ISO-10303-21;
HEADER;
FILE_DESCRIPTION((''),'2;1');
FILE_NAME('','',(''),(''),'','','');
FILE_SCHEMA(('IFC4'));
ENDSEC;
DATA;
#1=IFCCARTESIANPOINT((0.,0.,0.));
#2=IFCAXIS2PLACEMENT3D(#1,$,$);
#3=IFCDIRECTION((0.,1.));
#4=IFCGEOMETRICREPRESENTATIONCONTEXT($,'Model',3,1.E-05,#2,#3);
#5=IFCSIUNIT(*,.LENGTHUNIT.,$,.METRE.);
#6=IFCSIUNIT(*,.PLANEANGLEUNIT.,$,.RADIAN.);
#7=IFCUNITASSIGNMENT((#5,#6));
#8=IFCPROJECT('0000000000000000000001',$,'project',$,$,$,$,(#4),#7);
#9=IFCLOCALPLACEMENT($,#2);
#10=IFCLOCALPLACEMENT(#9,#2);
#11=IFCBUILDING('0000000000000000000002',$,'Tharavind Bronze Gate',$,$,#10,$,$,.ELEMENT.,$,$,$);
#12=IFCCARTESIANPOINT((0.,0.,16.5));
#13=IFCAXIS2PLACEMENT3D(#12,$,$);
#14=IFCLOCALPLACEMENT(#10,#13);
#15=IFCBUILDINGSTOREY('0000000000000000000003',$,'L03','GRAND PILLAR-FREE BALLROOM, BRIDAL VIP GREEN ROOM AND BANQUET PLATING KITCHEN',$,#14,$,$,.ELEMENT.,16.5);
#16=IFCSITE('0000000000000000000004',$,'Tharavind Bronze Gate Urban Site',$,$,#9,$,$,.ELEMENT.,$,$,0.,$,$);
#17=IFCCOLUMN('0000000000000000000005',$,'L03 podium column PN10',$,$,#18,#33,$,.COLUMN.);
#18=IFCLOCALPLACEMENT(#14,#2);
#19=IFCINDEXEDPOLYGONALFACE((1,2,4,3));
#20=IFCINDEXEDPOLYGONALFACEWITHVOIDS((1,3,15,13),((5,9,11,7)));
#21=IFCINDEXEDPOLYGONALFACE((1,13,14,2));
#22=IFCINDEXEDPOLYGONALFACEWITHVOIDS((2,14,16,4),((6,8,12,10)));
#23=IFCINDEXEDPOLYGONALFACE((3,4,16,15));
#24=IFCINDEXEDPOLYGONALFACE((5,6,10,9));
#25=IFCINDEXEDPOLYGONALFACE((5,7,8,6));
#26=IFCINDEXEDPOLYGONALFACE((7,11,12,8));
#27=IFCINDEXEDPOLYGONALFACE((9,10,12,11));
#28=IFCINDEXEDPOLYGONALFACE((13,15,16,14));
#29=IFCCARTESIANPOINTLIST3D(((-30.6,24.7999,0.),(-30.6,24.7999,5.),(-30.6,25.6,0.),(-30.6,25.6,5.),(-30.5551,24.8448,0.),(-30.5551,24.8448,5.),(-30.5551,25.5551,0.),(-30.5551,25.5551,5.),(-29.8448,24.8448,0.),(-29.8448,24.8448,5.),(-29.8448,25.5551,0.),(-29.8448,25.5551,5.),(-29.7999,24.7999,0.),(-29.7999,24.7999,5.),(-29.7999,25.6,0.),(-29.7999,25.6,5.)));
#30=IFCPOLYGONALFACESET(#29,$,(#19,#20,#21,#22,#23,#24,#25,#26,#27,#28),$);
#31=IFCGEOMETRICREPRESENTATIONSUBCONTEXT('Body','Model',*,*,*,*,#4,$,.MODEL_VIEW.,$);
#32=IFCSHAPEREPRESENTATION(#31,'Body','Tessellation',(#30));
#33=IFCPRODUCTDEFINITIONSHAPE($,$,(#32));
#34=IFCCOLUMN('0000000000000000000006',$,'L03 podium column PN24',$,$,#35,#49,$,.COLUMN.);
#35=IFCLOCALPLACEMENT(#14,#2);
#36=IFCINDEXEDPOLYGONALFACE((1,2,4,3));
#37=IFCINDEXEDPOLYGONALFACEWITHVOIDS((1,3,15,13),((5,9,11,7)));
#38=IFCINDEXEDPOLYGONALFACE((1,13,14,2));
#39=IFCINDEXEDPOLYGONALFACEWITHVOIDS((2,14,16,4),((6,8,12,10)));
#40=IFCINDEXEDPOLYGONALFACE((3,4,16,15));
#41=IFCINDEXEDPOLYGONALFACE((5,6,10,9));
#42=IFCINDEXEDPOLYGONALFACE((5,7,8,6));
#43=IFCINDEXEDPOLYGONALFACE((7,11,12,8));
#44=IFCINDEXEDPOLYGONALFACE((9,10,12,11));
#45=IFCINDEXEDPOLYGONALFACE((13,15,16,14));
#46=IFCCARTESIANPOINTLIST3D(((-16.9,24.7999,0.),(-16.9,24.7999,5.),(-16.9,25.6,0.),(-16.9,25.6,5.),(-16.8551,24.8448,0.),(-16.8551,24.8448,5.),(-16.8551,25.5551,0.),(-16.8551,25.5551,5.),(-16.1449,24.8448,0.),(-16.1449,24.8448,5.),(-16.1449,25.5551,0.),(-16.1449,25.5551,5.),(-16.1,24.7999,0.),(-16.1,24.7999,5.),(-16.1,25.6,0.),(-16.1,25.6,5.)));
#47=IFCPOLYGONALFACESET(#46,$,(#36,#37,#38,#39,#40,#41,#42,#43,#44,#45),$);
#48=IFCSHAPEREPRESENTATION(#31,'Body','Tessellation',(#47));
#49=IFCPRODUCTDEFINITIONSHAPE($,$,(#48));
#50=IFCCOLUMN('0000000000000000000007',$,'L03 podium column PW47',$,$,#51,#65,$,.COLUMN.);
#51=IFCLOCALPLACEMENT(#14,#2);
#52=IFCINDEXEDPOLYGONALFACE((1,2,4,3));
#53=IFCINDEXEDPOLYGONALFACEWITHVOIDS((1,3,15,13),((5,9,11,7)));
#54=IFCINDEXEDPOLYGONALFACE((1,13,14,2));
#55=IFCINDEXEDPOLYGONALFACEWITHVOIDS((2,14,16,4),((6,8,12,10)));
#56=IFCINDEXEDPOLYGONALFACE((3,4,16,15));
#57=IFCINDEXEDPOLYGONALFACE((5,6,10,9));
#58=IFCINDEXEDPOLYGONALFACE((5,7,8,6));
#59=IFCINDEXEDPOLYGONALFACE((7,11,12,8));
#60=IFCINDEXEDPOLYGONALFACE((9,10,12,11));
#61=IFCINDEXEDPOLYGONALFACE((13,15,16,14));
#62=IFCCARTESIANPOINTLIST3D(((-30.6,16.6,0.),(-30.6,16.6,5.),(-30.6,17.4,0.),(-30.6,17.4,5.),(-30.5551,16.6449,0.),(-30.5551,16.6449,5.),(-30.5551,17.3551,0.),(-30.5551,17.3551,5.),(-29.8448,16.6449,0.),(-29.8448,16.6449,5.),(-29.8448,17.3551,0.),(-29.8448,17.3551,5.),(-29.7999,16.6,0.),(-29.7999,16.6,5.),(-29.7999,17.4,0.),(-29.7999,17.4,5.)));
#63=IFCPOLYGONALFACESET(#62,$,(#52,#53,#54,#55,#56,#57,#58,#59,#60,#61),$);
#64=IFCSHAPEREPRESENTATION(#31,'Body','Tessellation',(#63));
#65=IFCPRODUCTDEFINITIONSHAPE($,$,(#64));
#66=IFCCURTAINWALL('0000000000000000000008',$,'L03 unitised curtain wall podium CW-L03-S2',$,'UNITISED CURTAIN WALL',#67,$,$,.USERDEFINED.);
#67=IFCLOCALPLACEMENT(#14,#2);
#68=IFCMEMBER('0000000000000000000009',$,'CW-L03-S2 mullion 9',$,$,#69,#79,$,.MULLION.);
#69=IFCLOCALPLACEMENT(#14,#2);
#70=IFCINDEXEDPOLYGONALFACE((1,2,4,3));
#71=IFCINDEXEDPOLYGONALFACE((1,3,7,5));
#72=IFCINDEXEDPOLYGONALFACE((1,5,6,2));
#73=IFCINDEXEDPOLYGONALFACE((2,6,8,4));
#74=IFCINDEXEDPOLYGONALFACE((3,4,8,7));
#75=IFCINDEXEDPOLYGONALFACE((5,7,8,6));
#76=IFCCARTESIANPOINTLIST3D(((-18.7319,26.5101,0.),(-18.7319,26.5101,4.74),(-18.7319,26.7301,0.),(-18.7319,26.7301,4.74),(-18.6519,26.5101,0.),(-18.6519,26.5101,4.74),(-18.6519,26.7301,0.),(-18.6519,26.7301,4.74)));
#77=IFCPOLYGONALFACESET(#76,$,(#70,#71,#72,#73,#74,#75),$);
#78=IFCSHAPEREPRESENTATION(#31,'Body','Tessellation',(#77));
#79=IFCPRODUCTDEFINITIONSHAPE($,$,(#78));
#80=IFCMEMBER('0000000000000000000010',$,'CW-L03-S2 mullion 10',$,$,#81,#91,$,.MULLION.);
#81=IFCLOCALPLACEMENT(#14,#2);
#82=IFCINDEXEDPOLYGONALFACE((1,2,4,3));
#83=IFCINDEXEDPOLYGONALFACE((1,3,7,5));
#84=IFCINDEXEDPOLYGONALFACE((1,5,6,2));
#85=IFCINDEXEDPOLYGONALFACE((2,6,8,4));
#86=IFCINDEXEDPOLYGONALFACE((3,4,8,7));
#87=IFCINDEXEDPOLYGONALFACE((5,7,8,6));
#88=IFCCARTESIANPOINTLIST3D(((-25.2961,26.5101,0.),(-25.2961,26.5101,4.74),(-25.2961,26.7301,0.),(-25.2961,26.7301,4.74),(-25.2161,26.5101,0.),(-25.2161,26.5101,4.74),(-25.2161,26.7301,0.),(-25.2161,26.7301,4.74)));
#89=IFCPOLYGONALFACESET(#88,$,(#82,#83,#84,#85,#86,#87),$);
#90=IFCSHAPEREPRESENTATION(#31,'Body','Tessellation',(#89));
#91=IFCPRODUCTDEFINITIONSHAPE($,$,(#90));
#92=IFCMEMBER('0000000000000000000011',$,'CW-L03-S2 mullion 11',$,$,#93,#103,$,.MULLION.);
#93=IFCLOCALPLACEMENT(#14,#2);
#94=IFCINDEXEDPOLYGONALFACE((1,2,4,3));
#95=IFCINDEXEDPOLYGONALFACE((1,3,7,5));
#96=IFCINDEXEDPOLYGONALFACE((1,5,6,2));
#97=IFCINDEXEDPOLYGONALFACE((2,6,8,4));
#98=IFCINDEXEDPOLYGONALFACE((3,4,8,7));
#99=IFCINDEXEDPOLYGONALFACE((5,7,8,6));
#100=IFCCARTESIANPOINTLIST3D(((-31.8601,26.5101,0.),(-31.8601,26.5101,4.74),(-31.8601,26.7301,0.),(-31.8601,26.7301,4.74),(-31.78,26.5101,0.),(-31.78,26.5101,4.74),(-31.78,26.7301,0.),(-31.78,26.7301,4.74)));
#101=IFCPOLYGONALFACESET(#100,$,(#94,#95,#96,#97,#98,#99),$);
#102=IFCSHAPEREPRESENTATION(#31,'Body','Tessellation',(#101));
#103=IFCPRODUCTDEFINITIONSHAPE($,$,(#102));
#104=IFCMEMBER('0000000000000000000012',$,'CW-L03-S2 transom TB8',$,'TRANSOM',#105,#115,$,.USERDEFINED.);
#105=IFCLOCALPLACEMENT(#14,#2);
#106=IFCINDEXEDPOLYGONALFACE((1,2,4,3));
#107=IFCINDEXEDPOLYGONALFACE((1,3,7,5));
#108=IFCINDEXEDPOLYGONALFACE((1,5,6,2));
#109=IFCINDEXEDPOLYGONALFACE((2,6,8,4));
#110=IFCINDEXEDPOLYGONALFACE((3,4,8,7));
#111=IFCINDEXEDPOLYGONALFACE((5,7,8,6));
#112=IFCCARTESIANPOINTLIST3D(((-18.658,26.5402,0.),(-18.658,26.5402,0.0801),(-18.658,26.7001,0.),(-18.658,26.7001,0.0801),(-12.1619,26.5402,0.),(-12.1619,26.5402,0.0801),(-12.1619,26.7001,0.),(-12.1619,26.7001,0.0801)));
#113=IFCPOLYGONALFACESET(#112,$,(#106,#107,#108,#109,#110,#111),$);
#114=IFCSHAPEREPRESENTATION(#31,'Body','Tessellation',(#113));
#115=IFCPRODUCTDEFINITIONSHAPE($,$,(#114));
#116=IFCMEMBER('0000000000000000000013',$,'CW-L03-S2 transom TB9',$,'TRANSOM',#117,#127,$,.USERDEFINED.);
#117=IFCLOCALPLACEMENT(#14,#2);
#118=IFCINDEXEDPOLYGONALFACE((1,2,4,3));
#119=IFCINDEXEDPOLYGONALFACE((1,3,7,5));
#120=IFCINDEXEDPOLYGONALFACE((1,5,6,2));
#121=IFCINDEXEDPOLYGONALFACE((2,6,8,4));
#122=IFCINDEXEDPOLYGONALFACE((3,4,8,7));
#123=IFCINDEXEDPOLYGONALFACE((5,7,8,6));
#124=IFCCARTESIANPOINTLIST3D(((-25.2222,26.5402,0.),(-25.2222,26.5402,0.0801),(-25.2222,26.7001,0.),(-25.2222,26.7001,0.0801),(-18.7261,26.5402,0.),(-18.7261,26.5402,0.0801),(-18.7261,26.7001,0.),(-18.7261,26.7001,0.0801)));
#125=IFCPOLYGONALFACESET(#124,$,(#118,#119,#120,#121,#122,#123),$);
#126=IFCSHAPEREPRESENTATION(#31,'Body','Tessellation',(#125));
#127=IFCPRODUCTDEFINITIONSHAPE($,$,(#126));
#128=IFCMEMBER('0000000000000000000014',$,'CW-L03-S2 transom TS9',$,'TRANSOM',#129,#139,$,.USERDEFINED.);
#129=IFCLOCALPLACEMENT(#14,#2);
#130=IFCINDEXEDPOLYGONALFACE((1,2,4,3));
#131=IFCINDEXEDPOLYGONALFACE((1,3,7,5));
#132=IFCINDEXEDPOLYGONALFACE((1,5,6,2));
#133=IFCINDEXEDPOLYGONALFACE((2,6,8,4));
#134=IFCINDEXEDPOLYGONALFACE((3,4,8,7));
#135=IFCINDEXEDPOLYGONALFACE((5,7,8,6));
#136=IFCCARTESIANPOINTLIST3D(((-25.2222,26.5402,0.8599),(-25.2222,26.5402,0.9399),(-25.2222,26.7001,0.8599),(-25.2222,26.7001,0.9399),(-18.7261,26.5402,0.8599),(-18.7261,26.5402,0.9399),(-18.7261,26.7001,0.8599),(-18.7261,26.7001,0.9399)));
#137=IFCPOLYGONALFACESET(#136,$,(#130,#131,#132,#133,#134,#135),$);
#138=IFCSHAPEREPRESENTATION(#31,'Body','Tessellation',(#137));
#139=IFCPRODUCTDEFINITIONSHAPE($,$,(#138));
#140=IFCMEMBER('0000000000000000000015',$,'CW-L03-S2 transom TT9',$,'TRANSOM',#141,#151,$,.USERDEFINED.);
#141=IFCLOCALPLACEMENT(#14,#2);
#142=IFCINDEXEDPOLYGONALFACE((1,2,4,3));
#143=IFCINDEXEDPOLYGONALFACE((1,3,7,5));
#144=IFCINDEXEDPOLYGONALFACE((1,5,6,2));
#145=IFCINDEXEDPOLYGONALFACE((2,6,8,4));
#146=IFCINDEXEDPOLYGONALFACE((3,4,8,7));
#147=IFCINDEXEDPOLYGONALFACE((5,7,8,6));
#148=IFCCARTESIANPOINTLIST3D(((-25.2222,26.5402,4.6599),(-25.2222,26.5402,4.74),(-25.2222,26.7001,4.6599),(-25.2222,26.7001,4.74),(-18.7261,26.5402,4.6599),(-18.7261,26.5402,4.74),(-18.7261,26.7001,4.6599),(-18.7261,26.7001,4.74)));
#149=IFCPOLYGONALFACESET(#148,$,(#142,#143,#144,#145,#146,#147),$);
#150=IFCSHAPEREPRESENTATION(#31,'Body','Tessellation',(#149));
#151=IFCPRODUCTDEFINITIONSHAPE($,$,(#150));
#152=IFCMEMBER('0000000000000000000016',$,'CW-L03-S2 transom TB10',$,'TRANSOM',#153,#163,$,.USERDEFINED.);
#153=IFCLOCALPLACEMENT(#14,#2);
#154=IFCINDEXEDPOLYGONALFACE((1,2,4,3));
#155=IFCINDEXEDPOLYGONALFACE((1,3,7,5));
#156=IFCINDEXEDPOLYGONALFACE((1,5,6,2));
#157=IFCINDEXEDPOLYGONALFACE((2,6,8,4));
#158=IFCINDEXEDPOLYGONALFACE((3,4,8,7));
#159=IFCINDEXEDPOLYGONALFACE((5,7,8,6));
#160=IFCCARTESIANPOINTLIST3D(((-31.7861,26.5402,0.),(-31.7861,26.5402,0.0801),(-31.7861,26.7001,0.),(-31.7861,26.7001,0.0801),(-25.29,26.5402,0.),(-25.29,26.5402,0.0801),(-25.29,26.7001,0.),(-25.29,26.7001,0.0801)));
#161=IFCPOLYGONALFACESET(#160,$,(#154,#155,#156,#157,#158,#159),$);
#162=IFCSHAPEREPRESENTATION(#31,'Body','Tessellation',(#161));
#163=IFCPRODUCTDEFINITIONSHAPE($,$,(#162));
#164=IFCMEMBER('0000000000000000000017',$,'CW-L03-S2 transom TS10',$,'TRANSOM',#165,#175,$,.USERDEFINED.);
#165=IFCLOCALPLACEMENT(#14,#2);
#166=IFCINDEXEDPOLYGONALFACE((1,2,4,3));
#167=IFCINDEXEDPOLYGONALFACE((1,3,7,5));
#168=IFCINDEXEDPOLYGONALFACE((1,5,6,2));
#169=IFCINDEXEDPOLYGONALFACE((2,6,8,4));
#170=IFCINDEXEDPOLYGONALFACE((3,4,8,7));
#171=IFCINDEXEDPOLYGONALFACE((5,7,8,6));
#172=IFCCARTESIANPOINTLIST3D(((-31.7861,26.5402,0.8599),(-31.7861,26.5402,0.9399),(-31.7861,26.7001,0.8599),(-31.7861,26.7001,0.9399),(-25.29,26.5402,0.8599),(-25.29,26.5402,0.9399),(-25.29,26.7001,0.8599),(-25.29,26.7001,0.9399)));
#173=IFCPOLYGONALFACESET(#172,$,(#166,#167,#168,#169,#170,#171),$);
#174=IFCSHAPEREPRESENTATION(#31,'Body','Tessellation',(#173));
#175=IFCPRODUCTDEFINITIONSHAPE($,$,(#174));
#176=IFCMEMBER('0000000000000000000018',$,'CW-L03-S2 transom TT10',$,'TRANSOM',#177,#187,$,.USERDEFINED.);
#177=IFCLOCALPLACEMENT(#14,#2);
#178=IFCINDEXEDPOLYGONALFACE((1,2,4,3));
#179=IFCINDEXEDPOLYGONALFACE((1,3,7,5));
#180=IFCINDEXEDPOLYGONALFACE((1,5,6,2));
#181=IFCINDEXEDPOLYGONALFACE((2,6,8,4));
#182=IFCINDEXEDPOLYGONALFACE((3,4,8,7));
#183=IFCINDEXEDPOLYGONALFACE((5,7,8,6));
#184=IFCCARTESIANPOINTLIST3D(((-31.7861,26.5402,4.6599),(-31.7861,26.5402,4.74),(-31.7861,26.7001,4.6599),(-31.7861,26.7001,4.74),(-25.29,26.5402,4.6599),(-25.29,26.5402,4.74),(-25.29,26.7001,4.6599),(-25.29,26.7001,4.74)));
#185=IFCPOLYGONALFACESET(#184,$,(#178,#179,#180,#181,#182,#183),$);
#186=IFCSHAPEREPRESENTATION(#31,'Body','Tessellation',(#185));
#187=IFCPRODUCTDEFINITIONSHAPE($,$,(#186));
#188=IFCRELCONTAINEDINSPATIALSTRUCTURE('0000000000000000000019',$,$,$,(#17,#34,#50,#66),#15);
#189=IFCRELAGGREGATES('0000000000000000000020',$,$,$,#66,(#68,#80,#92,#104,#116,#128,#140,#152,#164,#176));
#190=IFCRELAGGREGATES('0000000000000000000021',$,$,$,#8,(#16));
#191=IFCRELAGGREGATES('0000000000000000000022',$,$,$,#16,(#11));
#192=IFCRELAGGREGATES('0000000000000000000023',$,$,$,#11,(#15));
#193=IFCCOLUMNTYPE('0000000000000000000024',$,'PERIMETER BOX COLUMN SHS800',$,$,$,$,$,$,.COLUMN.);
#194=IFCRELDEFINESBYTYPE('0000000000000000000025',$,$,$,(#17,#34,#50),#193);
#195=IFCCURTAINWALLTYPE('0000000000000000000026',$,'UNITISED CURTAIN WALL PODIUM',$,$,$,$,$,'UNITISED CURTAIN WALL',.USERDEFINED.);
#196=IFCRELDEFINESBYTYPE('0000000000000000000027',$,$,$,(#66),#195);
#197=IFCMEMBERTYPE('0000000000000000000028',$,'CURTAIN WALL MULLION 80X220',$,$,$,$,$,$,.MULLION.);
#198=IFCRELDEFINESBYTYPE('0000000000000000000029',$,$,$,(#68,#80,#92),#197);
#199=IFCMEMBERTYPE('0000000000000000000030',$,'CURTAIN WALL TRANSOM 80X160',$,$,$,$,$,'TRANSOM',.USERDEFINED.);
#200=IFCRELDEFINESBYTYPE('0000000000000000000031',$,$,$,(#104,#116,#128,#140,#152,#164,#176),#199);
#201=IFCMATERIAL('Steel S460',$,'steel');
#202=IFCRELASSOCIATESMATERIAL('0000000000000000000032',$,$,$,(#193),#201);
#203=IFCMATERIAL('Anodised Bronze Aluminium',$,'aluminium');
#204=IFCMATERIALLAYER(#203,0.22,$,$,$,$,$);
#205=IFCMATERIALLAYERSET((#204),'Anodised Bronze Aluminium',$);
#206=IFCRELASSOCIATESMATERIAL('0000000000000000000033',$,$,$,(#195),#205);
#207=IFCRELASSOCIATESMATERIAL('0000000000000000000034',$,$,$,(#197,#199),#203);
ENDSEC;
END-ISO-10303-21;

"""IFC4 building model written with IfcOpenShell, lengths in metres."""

from ifc_helpers import new_model, si_unit, direction, frame, origin, origin_2d, place, context, subcontext, project, spatial, rectangle, hollow_rectangle, extrude, material, layer, layer_set, material_profile, profile_set, type_object, element, aggregate, save


model = new_model("IFC4")

# Units and contexts
model_context = context("Model", 3, precision=1e-05, world=origin(), true_north=direction((0.0, 1.0)))
body_context = subcontext(model_context, "Body", "Model", "MODEL_VIEW")
ifc_project = project(units=[si_unit("LENGTHUNIT", "METRE"), si_unit("PLANEANGLEUNIT", "RADIAN")], contexts=[model_context])

# Site, building, storey
site_placement = place(None, origin())
site = spatial("IfcSite", under=ifc_project, at=site_placement, Name="Tharavind Bronze Gate Urban Site", CompositionType="ELEMENT", RefElevation=0.0)
building_placement = place(site_placement, origin())
building = spatial("IfcBuilding", under=site, at=building_placement, Name="Tharavind Bronze Gate", CompositionType="ELEMENT")
storey_placement = place(building_placement, frame((0.0, 0.0, 16.5)))
storey = spatial("IfcBuildingStorey", under=building, at=storey_placement, Name="L03", Description="GRAND PILLAR-FREE BALLROOM, BRIDAL VIP GREEN ROOM AND BANQUET PLATING KITCHEN", CompositionType="ELEMENT", Elevation=16.5)

# Columns
ifc_material_1 = material(Name="Steel S460", Category="steel")
ifc_material_profile_1 = material_profile(ifc_material_1, hollow_rectangle(XDim=0.8, YDim=0.8, WallThickness=0.0449, at=origin_2d()), Name="SHS800X45")
ifc_profile_set_1 = profile_set([ifc_material_profile_1], Name="Steel S460")
column_type = type_object("IfcColumnType", Name="PERIMETER BOX COLUMN SHS800", PredefinedType="COLUMN", material=ifc_profile_set_1)
for number, where, z_axis, x_axis, name in (
    (1, (-30.2, 25.2, 0.0), (0.0, 0.0, 1.0), (1.0, 0.0, 0.0), "L03 podium column PN10"),
    (2, (-16.5, 25.2, 0.0), (0.0, 0.0, 1.0), (1.0, 0.0, 0.0), "L03 podium column PN24"),
    (3, (-30.2, 17.0, 0.0), (0.0, 0.0, 1.0), (1.0, 0.0, 0.0), "L03 podium column PW47"),
):
    element("IfcColumn", number, at=place(storey_placement, frame(where, z_axis=z_axis, x_axis=x_axis)), inside=storey, type_object=column_type, Name=name, PredefinedType="COLUMN", context=body_context, shape_type="SweptSolid", body=[
        extrude(hollow_rectangle(XDim=0.8, YDim=0.8, WallThickness=0.0449, at=origin_2d()), origin(), (0.0, 0.0, 1.0), 5.0),
    ])

# Curtain wall, members
ifc_material_2 = material(Name="Anodised Bronze Aluminium", Category="aluminium")
ifc_layer_1 = layer(ifc_material_2, 0.22)
ifc_layer_set_1 = layer_set([ifc_layer_1], Name="Anodised Bronze Aluminium")
curtain_wall_type = type_object("IfcCurtainWallType", Name="UNITISED CURTAIN WALL PODIUM", ElementType="UNITISED CURTAIN WALL", PredefinedType="USERDEFINED", material=ifc_layer_set_1)
curtain_wall_placement = place(storey_placement, origin())
curtain_wall = element("IfcCurtainWall", 4, at=curtain_wall_placement, inside=storey, type_object=curtain_wall_type, Name="L03 unitised curtain wall podium CW-L03-S2", ObjectType="UNITISED CURTAIN WALL", PredefinedType="USERDEFINED")
member_type_1 = type_object("IfcMemberType", Name="CURTAIN WALL MULLION 80X220", PredefinedType="MULLION", material=ifc_material_2)
member_1_placement = place(storey_placement, frame((-18.6919, 26.6201, 0.0), z_axis=(0.0, 0.0, 1.0), x_axis=(-1.0, 0.0, 0.0)))
member_1 = element("IfcMember", 5, at=member_1_placement, type_object=member_type_1, Name="CW-L03-S2 mullion 9", PredefinedType="MULLION", context=body_context, shape_type="SweptSolid", body=[
    extrude(rectangle(XDim=0.0801, YDim=0.22, at=origin_2d()), origin(), (0.0, 0.0, 1.0), 4.74),
])
member_2_placement = place(storey_placement, frame((-25.2561, 26.6201, 0.0), z_axis=(0.0, 0.0, 1.0), x_axis=(-1.0, 0.0, 0.0)))
member_2 = element("IfcMember", 6, at=member_2_placement, type_object=member_type_1, Name="CW-L03-S2 mullion 10", PredefinedType="MULLION", context=body_context, shape_type="SweptSolid", body=[
    extrude(rectangle(XDim=0.0801, YDim=0.22, at=origin_2d()), origin(), (0.0, 0.0, 1.0), 4.74),
])
member_3_placement = place(storey_placement, frame((-31.8201, 26.6201, 0.0), z_axis=(0.0, 0.0, 1.0), x_axis=(-1.0, 0.0, 0.0)))
member_3 = element("IfcMember", 7, at=member_3_placement, type_object=member_type_1, Name="CW-L03-S2 mullion 11", PredefinedType="MULLION", context=body_context, shape_type="SweptSolid", body=[
    extrude(rectangle(XDim=0.0801, YDim=0.22, at=origin_2d()), origin(), (0.0, 0.0, 1.0), 4.74),
])
member_type_2 = type_object("IfcMemberType", Name="CURTAIN WALL TRANSOM 80X160", ElementType="TRANSOM", PredefinedType="USERDEFINED", material=ifc_material_2)
member_4_placement = place(storey_placement, frame((-15.4099, 26.6201, 0.0), z_axis=(0.0, 0.0, 1.0), x_axis=(-1.0, 0.0, 0.0)))
member_4 = element("IfcMember", 8, at=member_4_placement, type_object=member_type_2, Name="CW-L03-S2 transom TB8", ObjectType="TRANSOM", PredefinedType="USERDEFINED", context=body_context, shape_type="SweptSolid", body=[
    extrude(rectangle(XDim=6.4961, YDim=0.1599, at=origin_2d()), origin(), (0.0, 0.0, 1.0), 0.0801),
])
member_5_placement = place(storey_placement, frame((-21.9741, 26.6201, 0.0), z_axis=(0.0, 0.0, 1.0), x_axis=(-1.0, 0.0, 0.0)))
member_5 = element("IfcMember", 9, at=member_5_placement, type_object=member_type_2, Name="CW-L03-S2 transom TB9", ObjectType="TRANSOM", PredefinedType="USERDEFINED", context=body_context, shape_type="SweptSolid", body=[
    extrude(rectangle(XDim=6.4961, YDim=0.1599, at=origin_2d()), origin(), (0.0, 0.0, 1.0), 0.0801),
])
member_6_placement = place(storey_placement, frame((-21.9741, 26.6201, 0.8599), z_axis=(0.0, 0.0, 1.0), x_axis=(-1.0, 0.0, 0.0)))
member_6 = element("IfcMember", 10, at=member_6_placement, type_object=member_type_2, Name="CW-L03-S2 transom TS9", ObjectType="TRANSOM", PredefinedType="USERDEFINED", context=body_context, shape_type="SweptSolid", body=[
    extrude(rectangle(XDim=6.4961, YDim=0.1599, at=origin_2d()), origin(), (0.0, 0.0, 1.0), 0.0801),
])
member_7_placement = place(storey_placement, frame((-21.9741, 26.6201, 4.6599), z_axis=(0.0, 0.0, 1.0), x_axis=(-1.0, 0.0, 0.0)))
member_7 = element("IfcMember", 11, at=member_7_placement, type_object=member_type_2, Name="CW-L03-S2 transom TT9", ObjectType="TRANSOM", PredefinedType="USERDEFINED", context=body_context, shape_type="SweptSolid", body=[
    extrude(rectangle(XDim=6.4961, YDim=0.1599, at=origin_2d()), origin(), (0.0, 0.0, 1.0), 0.0801),
])
member_8_placement = place(storey_placement, frame((-28.5381, 26.6201, 0.0), z_axis=(0.0, 0.0, 1.0), x_axis=(-1.0, 0.0, 0.0)))
member_8 = element("IfcMember", 12, at=member_8_placement, type_object=member_type_2, Name="CW-L03-S2 transom TB10", ObjectType="TRANSOM", PredefinedType="USERDEFINED", context=body_context, shape_type="SweptSolid", body=[
    extrude(rectangle(XDim=6.4961, YDim=0.1599, at=origin_2d()), origin(), (0.0, 0.0, 1.0), 0.0801),
])
member_9_placement = place(storey_placement, frame((-28.5381, 26.6201, 0.8599), z_axis=(0.0, 0.0, 1.0), x_axis=(-1.0, 0.0, 0.0)))
member_9 = element("IfcMember", 13, at=member_9_placement, type_object=member_type_2, Name="CW-L03-S2 transom TS10", ObjectType="TRANSOM", PredefinedType="USERDEFINED", context=body_context, shape_type="SweptSolid", body=[
    extrude(rectangle(XDim=6.4961, YDim=0.1599, at=origin_2d()), origin(), (0.0, 0.0, 1.0), 0.0801),
])
member_10_placement = place(storey_placement, frame((-28.5381, 26.6201, 4.6599), z_axis=(0.0, 0.0, 1.0), x_axis=(-1.0, 0.0, 0.0)))
member_10 = element("IfcMember", 14, at=member_10_placement, type_object=member_type_2, Name="CW-L03-S2 transom TT10", ObjectType="TRANSOM", PredefinedType="USERDEFINED", context=body_context, shape_type="SweptSolid", body=[
    extrude(rectangle(XDim=6.4961, YDim=0.1599, at=origin_2d()), origin(), (0.0, 0.0, 1.0), 0.0801),
])

aggregate(curtain_wall, [member_1, member_2, member_3, member_4, member_5, member_6, member_7, member_8, member_9, member_10])

save(model, "model.ifc")
